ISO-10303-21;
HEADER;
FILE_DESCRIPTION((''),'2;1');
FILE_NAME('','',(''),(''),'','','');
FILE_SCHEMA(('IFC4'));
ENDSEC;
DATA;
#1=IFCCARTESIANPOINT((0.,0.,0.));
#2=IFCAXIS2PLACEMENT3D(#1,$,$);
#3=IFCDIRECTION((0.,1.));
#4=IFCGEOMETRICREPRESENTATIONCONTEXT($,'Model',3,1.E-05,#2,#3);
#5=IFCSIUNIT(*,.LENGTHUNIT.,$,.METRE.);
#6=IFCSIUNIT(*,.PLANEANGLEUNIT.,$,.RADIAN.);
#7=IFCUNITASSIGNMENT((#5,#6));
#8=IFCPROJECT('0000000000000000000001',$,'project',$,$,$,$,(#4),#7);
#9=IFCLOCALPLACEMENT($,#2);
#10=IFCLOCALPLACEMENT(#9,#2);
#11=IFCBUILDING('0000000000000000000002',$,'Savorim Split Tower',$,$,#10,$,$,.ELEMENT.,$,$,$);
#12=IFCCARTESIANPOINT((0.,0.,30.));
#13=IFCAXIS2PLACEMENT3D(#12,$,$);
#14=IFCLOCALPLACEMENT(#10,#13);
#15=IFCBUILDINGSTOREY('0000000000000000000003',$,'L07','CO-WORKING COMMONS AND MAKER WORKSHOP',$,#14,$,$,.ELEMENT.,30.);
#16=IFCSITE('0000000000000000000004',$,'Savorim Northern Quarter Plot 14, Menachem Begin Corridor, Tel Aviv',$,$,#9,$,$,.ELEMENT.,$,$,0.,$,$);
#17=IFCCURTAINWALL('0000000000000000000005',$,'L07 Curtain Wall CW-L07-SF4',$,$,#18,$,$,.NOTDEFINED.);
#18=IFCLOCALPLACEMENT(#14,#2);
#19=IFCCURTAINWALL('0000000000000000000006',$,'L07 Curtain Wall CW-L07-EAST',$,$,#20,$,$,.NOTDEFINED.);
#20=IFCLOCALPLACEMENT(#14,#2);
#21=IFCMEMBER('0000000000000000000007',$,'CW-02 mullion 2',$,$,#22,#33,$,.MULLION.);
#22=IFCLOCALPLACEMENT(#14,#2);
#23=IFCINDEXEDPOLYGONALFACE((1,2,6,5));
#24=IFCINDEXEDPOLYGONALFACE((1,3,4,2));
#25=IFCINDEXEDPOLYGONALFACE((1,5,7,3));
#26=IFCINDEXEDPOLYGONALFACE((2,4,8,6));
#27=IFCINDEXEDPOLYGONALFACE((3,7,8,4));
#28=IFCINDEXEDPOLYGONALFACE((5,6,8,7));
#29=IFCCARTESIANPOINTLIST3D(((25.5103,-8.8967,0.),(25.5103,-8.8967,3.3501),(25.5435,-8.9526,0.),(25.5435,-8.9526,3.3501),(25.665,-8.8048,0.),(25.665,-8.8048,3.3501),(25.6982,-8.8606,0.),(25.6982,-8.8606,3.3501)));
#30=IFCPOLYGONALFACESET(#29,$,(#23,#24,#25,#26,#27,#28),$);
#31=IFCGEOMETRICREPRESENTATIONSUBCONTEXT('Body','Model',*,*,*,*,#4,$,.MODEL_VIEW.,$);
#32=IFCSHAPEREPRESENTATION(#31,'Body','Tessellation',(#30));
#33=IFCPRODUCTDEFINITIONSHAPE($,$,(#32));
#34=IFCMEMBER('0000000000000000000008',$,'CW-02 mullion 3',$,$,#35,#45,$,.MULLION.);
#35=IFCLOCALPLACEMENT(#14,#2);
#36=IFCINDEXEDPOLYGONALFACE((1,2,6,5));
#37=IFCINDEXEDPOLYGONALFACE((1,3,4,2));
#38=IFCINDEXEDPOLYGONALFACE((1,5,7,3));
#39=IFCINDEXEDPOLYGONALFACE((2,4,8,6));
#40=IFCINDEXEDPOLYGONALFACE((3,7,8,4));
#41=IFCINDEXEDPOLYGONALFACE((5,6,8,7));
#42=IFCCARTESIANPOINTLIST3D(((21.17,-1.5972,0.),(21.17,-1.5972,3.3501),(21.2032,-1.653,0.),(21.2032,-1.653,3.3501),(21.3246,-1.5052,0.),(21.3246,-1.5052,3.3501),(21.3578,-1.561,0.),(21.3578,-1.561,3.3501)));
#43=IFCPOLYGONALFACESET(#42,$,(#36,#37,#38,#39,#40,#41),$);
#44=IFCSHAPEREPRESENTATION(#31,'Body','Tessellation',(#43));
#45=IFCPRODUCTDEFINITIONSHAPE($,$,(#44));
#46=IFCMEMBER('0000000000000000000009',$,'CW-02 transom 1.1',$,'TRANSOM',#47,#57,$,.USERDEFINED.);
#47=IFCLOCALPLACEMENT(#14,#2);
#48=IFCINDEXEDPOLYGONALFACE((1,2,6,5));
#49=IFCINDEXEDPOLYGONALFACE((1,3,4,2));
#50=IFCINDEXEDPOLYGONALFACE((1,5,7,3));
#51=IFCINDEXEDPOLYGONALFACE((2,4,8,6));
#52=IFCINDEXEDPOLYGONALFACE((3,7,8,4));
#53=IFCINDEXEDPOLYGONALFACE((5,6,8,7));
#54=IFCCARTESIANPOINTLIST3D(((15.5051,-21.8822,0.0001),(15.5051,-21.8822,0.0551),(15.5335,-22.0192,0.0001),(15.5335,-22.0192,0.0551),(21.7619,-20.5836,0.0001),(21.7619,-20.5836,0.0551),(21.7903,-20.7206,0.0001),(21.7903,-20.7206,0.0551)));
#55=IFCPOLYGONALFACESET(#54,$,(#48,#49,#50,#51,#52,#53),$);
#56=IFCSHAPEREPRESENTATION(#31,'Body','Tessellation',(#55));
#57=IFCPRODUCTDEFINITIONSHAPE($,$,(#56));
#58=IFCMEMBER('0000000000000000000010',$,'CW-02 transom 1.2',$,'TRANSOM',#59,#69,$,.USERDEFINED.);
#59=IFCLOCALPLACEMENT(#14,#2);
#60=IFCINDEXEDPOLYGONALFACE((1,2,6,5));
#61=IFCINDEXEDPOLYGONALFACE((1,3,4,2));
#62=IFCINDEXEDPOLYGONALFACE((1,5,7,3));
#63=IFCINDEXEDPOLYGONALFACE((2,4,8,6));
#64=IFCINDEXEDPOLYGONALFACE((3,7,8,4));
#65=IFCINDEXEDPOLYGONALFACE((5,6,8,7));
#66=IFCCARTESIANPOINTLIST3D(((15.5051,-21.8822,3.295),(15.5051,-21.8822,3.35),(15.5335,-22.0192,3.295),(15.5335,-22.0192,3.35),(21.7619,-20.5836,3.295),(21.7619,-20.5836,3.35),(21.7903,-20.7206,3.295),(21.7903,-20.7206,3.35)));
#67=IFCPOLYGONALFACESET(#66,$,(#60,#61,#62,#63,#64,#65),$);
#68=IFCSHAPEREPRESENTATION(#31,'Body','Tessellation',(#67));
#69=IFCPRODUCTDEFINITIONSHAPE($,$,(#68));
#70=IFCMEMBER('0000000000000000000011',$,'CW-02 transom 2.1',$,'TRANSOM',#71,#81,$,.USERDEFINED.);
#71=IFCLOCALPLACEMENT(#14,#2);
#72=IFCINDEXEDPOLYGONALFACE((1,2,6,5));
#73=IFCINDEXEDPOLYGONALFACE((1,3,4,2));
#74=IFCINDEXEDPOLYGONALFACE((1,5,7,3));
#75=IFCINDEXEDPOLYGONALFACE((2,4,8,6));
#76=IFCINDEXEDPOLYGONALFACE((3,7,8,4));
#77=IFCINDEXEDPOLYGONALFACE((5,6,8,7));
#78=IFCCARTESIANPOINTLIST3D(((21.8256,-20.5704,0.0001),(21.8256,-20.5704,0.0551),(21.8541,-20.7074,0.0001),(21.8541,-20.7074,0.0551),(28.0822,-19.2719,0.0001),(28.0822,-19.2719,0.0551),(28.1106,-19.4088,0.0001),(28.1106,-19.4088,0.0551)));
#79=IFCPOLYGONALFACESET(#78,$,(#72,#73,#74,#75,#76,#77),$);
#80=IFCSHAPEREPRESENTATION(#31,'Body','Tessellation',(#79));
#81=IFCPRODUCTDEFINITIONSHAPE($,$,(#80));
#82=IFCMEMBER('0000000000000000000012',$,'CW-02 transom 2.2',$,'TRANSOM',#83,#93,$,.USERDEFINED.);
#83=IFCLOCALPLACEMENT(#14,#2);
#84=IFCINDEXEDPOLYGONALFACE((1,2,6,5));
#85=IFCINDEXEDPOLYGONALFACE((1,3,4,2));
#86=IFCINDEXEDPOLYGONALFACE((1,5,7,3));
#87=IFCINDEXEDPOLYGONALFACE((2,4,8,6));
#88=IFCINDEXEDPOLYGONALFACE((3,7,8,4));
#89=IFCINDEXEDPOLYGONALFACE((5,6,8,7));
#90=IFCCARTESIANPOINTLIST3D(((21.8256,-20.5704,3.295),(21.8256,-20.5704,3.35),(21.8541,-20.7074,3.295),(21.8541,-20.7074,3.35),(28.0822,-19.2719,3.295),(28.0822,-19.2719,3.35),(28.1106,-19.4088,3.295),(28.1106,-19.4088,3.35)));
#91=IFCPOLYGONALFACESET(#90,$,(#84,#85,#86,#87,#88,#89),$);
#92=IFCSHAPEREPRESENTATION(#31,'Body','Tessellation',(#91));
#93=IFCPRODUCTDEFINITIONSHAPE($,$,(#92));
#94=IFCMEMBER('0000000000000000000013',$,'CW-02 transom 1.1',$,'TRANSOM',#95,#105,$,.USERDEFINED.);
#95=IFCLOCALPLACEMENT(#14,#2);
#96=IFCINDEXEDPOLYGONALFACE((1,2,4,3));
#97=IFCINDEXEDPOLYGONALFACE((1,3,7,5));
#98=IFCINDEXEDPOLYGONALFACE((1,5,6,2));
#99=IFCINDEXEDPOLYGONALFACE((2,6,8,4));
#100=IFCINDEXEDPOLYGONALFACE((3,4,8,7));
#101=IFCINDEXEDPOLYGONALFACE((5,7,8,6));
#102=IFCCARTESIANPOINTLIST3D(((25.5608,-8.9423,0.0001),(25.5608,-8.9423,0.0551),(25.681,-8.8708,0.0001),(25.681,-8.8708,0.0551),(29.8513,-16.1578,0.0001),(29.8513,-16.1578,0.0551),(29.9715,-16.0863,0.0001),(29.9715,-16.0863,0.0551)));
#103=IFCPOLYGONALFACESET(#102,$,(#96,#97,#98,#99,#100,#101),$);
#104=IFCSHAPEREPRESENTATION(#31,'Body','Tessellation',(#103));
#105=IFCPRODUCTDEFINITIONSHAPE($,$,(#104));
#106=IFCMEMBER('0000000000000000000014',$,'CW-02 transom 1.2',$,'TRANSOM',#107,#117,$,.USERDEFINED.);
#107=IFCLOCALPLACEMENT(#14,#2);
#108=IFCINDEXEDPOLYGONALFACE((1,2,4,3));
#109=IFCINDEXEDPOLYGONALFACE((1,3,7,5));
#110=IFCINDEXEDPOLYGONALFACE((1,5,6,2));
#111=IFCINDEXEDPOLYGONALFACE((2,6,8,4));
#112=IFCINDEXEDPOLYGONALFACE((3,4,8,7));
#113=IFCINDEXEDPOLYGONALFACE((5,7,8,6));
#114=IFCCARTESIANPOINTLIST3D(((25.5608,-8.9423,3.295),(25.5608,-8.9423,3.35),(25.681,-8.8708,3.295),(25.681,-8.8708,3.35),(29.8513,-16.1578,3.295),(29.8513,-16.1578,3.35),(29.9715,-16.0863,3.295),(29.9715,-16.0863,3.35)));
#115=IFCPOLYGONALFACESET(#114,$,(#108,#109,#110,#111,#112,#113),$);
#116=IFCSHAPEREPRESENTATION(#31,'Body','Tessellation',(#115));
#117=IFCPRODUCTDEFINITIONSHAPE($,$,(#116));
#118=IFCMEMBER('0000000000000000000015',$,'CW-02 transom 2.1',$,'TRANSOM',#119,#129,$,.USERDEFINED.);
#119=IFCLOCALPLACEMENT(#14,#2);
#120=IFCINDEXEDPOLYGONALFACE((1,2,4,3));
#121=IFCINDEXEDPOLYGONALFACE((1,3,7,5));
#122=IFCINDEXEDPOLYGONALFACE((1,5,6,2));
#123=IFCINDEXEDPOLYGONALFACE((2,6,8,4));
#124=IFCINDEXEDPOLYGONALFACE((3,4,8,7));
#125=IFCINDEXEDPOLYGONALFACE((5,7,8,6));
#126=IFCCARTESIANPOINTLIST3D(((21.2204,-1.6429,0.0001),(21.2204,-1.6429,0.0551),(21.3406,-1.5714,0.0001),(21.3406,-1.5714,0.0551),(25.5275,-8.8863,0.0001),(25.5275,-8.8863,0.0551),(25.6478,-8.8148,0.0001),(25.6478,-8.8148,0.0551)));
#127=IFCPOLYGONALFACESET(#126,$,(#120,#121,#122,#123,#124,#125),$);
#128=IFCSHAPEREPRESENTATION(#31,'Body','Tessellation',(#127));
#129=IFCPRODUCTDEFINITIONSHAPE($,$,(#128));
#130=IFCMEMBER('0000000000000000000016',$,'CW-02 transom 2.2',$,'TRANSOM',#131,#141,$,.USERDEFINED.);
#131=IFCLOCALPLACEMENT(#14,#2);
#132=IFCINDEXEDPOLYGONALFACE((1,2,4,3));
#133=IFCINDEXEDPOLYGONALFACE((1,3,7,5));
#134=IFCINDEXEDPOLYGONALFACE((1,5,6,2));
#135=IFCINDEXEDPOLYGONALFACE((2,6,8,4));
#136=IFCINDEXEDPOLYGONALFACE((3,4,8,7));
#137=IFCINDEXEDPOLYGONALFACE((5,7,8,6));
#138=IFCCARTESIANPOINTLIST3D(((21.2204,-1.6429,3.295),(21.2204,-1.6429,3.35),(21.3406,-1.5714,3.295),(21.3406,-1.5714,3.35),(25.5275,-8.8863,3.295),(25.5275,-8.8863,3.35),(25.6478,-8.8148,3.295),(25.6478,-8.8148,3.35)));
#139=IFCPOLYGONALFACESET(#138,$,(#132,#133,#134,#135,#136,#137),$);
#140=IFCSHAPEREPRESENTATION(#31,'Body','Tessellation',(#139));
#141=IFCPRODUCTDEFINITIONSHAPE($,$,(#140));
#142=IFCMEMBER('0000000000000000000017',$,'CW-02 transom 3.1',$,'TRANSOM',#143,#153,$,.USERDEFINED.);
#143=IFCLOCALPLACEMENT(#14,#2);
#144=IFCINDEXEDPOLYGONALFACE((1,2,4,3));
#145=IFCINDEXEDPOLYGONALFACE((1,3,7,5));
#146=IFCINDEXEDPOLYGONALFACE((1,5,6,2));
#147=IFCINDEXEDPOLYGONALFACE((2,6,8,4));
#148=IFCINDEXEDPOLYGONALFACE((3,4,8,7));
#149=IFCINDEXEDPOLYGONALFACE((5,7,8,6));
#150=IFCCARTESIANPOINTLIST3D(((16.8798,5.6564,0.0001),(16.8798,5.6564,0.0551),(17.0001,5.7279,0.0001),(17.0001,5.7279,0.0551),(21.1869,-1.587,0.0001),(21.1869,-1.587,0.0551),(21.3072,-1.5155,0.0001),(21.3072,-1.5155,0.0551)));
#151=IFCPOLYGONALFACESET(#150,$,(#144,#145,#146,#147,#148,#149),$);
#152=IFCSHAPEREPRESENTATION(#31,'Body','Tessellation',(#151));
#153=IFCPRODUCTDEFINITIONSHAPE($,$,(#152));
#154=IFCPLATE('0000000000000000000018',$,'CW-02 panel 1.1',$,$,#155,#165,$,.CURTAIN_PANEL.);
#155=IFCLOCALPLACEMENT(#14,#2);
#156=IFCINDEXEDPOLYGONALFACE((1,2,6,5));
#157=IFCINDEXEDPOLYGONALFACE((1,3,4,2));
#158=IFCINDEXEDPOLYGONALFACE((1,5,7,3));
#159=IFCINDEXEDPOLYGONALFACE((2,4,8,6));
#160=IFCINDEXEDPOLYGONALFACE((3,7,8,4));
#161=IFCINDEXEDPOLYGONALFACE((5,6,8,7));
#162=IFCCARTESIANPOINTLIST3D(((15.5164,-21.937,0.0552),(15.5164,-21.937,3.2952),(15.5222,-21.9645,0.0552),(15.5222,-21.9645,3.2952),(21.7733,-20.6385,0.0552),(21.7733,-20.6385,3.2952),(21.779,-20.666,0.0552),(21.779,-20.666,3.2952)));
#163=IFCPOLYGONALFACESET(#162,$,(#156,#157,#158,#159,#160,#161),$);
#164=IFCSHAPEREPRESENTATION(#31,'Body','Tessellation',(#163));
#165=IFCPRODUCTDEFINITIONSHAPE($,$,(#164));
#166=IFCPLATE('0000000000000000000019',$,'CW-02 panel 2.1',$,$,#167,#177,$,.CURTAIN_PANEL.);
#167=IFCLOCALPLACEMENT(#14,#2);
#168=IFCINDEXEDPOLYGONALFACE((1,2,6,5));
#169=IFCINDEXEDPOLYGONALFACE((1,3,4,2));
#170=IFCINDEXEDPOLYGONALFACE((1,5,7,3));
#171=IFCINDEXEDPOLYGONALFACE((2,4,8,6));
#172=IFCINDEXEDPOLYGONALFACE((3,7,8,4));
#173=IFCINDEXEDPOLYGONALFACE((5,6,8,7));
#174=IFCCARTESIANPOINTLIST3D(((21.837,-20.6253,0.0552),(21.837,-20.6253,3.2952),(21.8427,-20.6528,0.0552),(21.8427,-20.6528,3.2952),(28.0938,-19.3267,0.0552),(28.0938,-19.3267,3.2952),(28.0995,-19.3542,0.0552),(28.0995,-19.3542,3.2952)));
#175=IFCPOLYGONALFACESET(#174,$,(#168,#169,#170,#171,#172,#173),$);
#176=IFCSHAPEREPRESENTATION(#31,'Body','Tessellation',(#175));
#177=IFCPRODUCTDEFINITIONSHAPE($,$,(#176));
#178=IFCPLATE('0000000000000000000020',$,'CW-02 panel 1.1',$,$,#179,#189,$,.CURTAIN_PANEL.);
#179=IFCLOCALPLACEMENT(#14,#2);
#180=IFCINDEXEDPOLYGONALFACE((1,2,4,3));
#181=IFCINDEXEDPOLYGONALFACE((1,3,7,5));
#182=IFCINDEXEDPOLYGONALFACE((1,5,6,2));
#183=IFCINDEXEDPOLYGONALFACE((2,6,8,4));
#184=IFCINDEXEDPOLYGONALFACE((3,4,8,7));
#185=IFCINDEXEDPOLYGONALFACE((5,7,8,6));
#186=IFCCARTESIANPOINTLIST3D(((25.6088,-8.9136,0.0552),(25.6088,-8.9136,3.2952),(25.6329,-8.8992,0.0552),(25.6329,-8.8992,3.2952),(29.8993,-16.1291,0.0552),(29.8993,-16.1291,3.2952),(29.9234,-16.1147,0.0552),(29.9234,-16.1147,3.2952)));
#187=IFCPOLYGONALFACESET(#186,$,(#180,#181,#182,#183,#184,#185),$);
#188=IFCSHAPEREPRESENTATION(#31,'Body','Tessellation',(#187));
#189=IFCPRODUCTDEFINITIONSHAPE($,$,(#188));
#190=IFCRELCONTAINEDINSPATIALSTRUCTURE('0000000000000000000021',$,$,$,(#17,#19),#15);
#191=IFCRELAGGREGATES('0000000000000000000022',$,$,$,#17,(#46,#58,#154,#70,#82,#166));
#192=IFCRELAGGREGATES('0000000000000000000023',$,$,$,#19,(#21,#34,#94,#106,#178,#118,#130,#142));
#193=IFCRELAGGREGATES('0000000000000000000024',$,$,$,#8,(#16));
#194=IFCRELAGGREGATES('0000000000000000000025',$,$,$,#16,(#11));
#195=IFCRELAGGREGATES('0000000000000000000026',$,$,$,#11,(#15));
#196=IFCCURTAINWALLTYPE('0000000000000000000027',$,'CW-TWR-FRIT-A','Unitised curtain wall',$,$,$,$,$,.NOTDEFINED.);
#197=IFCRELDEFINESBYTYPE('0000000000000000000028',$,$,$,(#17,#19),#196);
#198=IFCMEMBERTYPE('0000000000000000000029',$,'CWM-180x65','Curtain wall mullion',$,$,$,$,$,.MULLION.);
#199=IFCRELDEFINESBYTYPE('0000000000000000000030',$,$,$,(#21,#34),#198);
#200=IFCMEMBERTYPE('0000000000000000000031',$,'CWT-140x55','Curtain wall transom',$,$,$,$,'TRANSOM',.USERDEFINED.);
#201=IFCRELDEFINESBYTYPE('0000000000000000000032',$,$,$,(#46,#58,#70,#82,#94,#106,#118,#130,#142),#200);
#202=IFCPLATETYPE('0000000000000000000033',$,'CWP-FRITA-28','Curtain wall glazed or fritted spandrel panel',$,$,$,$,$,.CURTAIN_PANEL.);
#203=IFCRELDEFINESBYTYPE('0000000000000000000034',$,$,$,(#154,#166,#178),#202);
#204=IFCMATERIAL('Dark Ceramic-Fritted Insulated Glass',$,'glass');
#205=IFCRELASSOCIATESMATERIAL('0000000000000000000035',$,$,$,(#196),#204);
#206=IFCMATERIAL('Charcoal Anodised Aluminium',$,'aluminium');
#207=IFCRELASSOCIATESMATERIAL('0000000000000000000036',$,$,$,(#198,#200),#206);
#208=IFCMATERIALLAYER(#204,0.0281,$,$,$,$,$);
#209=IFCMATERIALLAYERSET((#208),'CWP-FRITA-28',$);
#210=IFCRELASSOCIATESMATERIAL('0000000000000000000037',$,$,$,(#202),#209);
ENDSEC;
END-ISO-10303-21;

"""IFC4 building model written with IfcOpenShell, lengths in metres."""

from ifc_helpers import new_model, si_unit, direction, frame, origin, origin_2d, place, context, subcontext, project, spatial, rectangle, extrude, material, layer, layer_set, material_profile, profile_set, type_object, element, aggregate, save


model = new_model("IFC4")

# Units and contexts
model_context = context("Model", 3, precision=1e-05, world=origin(), true_north=direction((0.0, 1.0)))
body_context = subcontext(model_context, "Body", "Model", "MODEL_VIEW")
ifc_project = project(units=[si_unit("LENGTHUNIT", "METRE"), si_unit("PLANEANGLEUNIT", "RADIAN")], contexts=[model_context])

# Site, building, storey
site_placement = place(None, origin())
site = spatial("IfcSite", under=ifc_project, at=site_placement, Name="Savorim Northern Quarter Plot 14, Menachem Begin Corridor, Tel Aviv", CompositionType="ELEMENT", RefElevation=0.0)
building_placement = place(site_placement, origin())
building = spatial("IfcBuilding", under=site, at=building_placement, Name="Savorim Split Tower", CompositionType="ELEMENT")
storey_placement = place(building_placement, frame((0.0, 0.0, 30.0)))
storey = spatial("IfcBuildingStorey", under=building, at=storey_placement, Name="L07", Description="CO-WORKING COMMONS AND MAKER WORKSHOP", CompositionType="ELEMENT", Elevation=30.0)

# Curtain walls, members
ifc_material_1 = material(Name="Dark Ceramic-Fritted Insulated Glass", Category="glass")
curtain_wall_type = type_object("IfcCurtainWallType", Name="CW-TWR-FRIT-A", Description="Unitised curtain wall", PredefinedType="NOTDEFINED", material=ifc_material_1)
curtain_wall_1_placement = place(storey_placement, origin())
curtain_wall_1 = element("IfcCurtainWall", 1, at=curtain_wall_1_placement, inside=storey, type_object=curtain_wall_type, Name="L07 Curtain Wall CW-L07-SF4", PredefinedType="NOTDEFINED")
ifc_material_2 = material(Name="Charcoal Anodised Aluminium", Category="aluminium")
ifc_material_profile_1 = material_profile(ifc_material_2, rectangle(XDim=0.1799, YDim=0.0649, at=origin_2d()), Name="ALU-M 180x65")
ifc_profile_set_1 = profile_set([ifc_material_profile_1], Name="Charcoal Anodised Aluminium")
member_type_1 = type_object("IfcMemberType", Name="CWM-180x65", Description="Curtain wall mullion", PredefinedType="MULLION", material=ifc_profile_set_1)
curtain_wall_2_placement = place(storey_placement, origin())
curtain_wall_2 = element("IfcCurtainWall", 2, at=curtain_wall_2_placement, inside=storey, type_object=curtain_wall_type, Name="L07 Curtain Wall CW-L07-EAST", PredefinedType="NOTDEFINED")
member_1_placement = place(storey_placement, frame((25.6042, -8.8787, 0.0), z_axis=(0.0, 0.0, 1.0), x_axis=(-0.859526, -0.511092, 0.0)))
member_1 = element("IfcMember", 3, at=member_1_placement, type_object=member_type_1, Name="CW-02 mullion 2", PredefinedType="MULLION", context=body_context, shape_type="SweptSolid", body=[
    extrude(rectangle(XDim=0.1799, YDim=0.0649, at=origin_2d()), origin(), (0.0, 0.0, 1.0), 3.3501),
])
member_2_placement = place(storey_placement, frame((21.2639, -1.5791, 0.0), z_axis=(0.0, 0.0, 1.0), x_axis=(-0.859526, -0.511092, 0.0)))
member_2 = element("IfcMember", 4, at=member_2_placement, type_object=member_type_1, Name="CW-02 mullion 3", PredefinedType="MULLION", context=body_context, shape_type="SweptSolid", body=[
    extrude(rectangle(XDim=0.1799, YDim=0.0649, at=origin_2d()), origin(), (0.0, 0.0, 1.0), 3.3501),
])

# Members
ifc_material_profile_2 = material_profile(ifc_material_2, rectangle(XDim=0.1399, YDim=0.0549, at=origin_2d()), Name="ALU-T 140x55")
ifc_profile_set_2 = profile_set([ifc_material_profile_2], Name="Charcoal Anodised Aluminium")
member_type_2 = type_object("IfcMemberType", Name="CWT-140x55", Description="Curtain wall transom", ElementType="TRANSOM", PredefinedType="USERDEFINED", material=ifc_profile_set_2)
member_3_placement = place(storey_placement, frame((15.5193, -21.9507, 0.0276), z_axis=(0.979134, 0.203216, 0.0), x_axis=(-0.203216, 0.979134, 0.0)))
member_3 = element("IfcMember", 5, at=member_3_placement, type_object=member_type_2, Name="CW-02 transom 1.1", ObjectType="TRANSOM", PredefinedType="USERDEFINED", context=body_context, shape_type="SweptSolid", body=[
    extrude(rectangle(XDim=0.1399, YDim=0.0549, at=origin_2d()), origin(), (0.0, 0.0, 1.0), 6.3901),
])
member_4_placement = place(storey_placement, frame((15.5193, -21.9507, 3.3225), z_axis=(0.979134, 0.203216, 0.0), x_axis=(-0.203216, 0.979134, 0.0)))
member_4 = element("IfcMember", 6, at=member_4_placement, type_object=member_type_2, Name="CW-02 transom 1.2", ObjectType="TRANSOM", PredefinedType="USERDEFINED", context=body_context, shape_type="SweptSolid", body=[
    extrude(rectangle(XDim=0.1399, YDim=0.0549, at=origin_2d()), origin(), (0.0, 0.0, 1.0), 6.3901),
])
member_5_placement = place(storey_placement, frame((21.8398, -20.6389, 0.0276), z_axis=(0.979132, 0.203223, 0.0), x_axis=(-0.203223, 0.979132, 0.0)))
member_5 = element("IfcMember", 7, at=member_5_placement, type_object=member_type_2, Name="CW-02 transom 2.1", ObjectType="TRANSOM", PredefinedType="USERDEFINED", context=body_context, shape_type="SweptSolid", body=[
    extrude(rectangle(XDim=0.1399, YDim=0.0549, at=origin_2d()), origin(), (0.0, 0.0, 1.0), 6.3899),
])
member_6_placement = place(storey_placement, frame((21.8398, -20.6389, 3.3225), z_axis=(0.979132, 0.203223, 0.0), x_axis=(-0.203223, 0.979132, 0.0)))
member_6 = element("IfcMember", 8, at=member_6_placement, type_object=member_type_2, Name="CW-02 transom 2.2", ObjectType="TRANSOM", PredefinedType="USERDEFINED", context=body_context, shape_type="SweptSolid", body=[
    extrude(rectangle(XDim=0.1399, YDim=0.0549, at=origin_2d()), origin(), (0.0, 0.0, 1.0), 6.3899),
])
member_7_placement = place(storey_placement, frame((29.9114, -16.1221, 0.0276), z_axis=(-0.511092, 0.859526, 0.0), x_axis=(-0.859526, -0.511092, 0.0)))
member_7 = element("IfcMember", 9, at=member_7_placement, type_object=member_type_2, Name="CW-02 transom 1.1", ObjectType="TRANSOM", PredefinedType="USERDEFINED", context=body_context, shape_type="SweptSolid", body=[
    extrude(rectangle(XDim=0.1399, YDim=0.0549, at=origin_2d()), origin(), (0.0, 0.0, 1.0), 8.3948),
])
member_8_placement = place(storey_placement, frame((29.9114, -16.1221, 3.3225), z_axis=(-0.511092, 0.859526, 0.0), x_axis=(-0.859526, -0.511092, 0.0)))
member_8 = element("IfcMember", 10, at=member_8_placement, type_object=member_type_2, Name="CW-02 transom 1.2", ObjectType="TRANSOM", PredefinedType="USERDEFINED", context=body_context, shape_type="SweptSolid", body=[
    extrude(rectangle(XDim=0.1399, YDim=0.0549, at=origin_2d()), origin(), (0.0, 0.0, 1.0), 8.3948),
])
member_9_placement = place(storey_placement, frame((25.5876, -8.8506, 0.0276), z_axis=(-0.511096, 0.859524, 0.0), x_axis=(-0.859524, -0.511096, 0.0)))
member_9 = element("IfcMember", 11, at=member_9_placement, type_object=member_type_2, Name="CW-02 transom 2.1", ObjectType="TRANSOM", PredefinedType="USERDEFINED", context=body_context, shape_type="SweptSolid", body=[
    extrude(rectangle(XDim=0.1399, YDim=0.0549, at=origin_2d()), origin(), (0.0, 0.0, 1.0), 8.4272),
])
member_10_placement = place(storey_placement, frame((25.5876, -8.8506, 3.3225), z_axis=(-0.511096, 0.859524, 0.0), x_axis=(-0.859524, -0.511096, 0.0)))
member_10 = element("IfcMember", 12, at=member_10_placement, type_object=member_type_2, Name="CW-02 transom 2.2", ObjectType="TRANSOM", PredefinedType="USERDEFINED", context=body_context, shape_type="SweptSolid", body=[
    extrude(rectangle(XDim=0.1399, YDim=0.0549, at=origin_2d()), origin(), (0.0, 0.0, 1.0), 8.4272),
])
member_11_placement = place(storey_placement, frame((21.2471, -1.5513, 0.0276), z_axis=(-0.511096, 0.859524, 0.0), x_axis=(-0.859524, -0.511096, 0.0)))
member_11 = element("IfcMember", 13, at=member_11_placement, type_object=member_type_2, Name="CW-02 transom 3.1", ObjectType="TRANSOM", PredefinedType="USERDEFINED", context=body_context, shape_type="SweptSolid", body=[
    extrude(rectangle(XDim=0.1399, YDim=0.0549, at=origin_2d()), origin(), (0.0, 0.0, 1.0), 8.4272),
])

# Plates
ifc_layer_1 = layer(ifc_material_1, 0.0281)
ifc_layer_set_1 = layer_set([ifc_layer_1], Name="CWP-FRITA-28")
plate_type = type_object("IfcPlateType", Name="CWP-FRITA-28", Description="Curtain wall glazed or fritted spandrel panel", PredefinedType="CURTAIN_PANEL", material=ifc_layer_set_1)
plate_1_placement = place(storey_placement, frame((18.6477, -21.3015, 0.0552), z_axis=(0.0, 0.0, 1.0), x_axis=(0.979135, 0.20321, 0.0)))
plate_1 = element("IfcPlate", 14, at=plate_1_placement, type_object=plate_type, Name="CW-02 panel 1.1", PredefinedType="CURTAIN_PANEL", context=body_context, shape_type="SweptSolid", body=[
    extrude(rectangle(XDim=6.3901, YDim=0.0281, at=origin_2d()), origin(), (0.0, 0.0, 1.0), 3.24),
])
plate_2_placement = place(storey_placement, frame((24.9683, -19.9897, 0.0552), z_axis=(0.0, 0.0, 1.0), x_axis=(0.979135, 0.20321, 0.0)))
plate_2 = element("IfcPlate", 15, at=plate_2_placement, type_object=plate_type, Name="CW-02 panel 2.1", PredefinedType="CURTAIN_PANEL", context=body_context, shape_type="SweptSolid", body=[
    extrude(rectangle(XDim=6.3901, YDim=0.0281, at=origin_2d()), origin(), (0.0, 0.0, 1.0), 3.24),
])
aggregate(curtain_wall_1, [member_3, member_4, plate_1, member_5, member_6, plate_2])
plate_3_placement = place(storey_placement, frame((27.7661, -12.5142, 0.0552), z_axis=(0.0, 0.0, 1.0), x_axis=(-0.511092, 0.859526, 0.0)))
plate_3 = element("IfcPlate", 16, at=plate_3_placement, type_object=plate_type, Name="CW-02 panel 1.1", PredefinedType="CURTAIN_PANEL", context=body_context, shape_type="SweptSolid", body=[
    extrude(rectangle(XDim=8.3948, YDim=0.0281, at=origin_2d()), origin(), (0.0, 0.0, 1.0), 3.24),
])
aggregate(curtain_wall_2, [member_1, member_2, member_7, member_8, plate_3, member_9, member_10, member_11])

save(model, "model.ifc")
